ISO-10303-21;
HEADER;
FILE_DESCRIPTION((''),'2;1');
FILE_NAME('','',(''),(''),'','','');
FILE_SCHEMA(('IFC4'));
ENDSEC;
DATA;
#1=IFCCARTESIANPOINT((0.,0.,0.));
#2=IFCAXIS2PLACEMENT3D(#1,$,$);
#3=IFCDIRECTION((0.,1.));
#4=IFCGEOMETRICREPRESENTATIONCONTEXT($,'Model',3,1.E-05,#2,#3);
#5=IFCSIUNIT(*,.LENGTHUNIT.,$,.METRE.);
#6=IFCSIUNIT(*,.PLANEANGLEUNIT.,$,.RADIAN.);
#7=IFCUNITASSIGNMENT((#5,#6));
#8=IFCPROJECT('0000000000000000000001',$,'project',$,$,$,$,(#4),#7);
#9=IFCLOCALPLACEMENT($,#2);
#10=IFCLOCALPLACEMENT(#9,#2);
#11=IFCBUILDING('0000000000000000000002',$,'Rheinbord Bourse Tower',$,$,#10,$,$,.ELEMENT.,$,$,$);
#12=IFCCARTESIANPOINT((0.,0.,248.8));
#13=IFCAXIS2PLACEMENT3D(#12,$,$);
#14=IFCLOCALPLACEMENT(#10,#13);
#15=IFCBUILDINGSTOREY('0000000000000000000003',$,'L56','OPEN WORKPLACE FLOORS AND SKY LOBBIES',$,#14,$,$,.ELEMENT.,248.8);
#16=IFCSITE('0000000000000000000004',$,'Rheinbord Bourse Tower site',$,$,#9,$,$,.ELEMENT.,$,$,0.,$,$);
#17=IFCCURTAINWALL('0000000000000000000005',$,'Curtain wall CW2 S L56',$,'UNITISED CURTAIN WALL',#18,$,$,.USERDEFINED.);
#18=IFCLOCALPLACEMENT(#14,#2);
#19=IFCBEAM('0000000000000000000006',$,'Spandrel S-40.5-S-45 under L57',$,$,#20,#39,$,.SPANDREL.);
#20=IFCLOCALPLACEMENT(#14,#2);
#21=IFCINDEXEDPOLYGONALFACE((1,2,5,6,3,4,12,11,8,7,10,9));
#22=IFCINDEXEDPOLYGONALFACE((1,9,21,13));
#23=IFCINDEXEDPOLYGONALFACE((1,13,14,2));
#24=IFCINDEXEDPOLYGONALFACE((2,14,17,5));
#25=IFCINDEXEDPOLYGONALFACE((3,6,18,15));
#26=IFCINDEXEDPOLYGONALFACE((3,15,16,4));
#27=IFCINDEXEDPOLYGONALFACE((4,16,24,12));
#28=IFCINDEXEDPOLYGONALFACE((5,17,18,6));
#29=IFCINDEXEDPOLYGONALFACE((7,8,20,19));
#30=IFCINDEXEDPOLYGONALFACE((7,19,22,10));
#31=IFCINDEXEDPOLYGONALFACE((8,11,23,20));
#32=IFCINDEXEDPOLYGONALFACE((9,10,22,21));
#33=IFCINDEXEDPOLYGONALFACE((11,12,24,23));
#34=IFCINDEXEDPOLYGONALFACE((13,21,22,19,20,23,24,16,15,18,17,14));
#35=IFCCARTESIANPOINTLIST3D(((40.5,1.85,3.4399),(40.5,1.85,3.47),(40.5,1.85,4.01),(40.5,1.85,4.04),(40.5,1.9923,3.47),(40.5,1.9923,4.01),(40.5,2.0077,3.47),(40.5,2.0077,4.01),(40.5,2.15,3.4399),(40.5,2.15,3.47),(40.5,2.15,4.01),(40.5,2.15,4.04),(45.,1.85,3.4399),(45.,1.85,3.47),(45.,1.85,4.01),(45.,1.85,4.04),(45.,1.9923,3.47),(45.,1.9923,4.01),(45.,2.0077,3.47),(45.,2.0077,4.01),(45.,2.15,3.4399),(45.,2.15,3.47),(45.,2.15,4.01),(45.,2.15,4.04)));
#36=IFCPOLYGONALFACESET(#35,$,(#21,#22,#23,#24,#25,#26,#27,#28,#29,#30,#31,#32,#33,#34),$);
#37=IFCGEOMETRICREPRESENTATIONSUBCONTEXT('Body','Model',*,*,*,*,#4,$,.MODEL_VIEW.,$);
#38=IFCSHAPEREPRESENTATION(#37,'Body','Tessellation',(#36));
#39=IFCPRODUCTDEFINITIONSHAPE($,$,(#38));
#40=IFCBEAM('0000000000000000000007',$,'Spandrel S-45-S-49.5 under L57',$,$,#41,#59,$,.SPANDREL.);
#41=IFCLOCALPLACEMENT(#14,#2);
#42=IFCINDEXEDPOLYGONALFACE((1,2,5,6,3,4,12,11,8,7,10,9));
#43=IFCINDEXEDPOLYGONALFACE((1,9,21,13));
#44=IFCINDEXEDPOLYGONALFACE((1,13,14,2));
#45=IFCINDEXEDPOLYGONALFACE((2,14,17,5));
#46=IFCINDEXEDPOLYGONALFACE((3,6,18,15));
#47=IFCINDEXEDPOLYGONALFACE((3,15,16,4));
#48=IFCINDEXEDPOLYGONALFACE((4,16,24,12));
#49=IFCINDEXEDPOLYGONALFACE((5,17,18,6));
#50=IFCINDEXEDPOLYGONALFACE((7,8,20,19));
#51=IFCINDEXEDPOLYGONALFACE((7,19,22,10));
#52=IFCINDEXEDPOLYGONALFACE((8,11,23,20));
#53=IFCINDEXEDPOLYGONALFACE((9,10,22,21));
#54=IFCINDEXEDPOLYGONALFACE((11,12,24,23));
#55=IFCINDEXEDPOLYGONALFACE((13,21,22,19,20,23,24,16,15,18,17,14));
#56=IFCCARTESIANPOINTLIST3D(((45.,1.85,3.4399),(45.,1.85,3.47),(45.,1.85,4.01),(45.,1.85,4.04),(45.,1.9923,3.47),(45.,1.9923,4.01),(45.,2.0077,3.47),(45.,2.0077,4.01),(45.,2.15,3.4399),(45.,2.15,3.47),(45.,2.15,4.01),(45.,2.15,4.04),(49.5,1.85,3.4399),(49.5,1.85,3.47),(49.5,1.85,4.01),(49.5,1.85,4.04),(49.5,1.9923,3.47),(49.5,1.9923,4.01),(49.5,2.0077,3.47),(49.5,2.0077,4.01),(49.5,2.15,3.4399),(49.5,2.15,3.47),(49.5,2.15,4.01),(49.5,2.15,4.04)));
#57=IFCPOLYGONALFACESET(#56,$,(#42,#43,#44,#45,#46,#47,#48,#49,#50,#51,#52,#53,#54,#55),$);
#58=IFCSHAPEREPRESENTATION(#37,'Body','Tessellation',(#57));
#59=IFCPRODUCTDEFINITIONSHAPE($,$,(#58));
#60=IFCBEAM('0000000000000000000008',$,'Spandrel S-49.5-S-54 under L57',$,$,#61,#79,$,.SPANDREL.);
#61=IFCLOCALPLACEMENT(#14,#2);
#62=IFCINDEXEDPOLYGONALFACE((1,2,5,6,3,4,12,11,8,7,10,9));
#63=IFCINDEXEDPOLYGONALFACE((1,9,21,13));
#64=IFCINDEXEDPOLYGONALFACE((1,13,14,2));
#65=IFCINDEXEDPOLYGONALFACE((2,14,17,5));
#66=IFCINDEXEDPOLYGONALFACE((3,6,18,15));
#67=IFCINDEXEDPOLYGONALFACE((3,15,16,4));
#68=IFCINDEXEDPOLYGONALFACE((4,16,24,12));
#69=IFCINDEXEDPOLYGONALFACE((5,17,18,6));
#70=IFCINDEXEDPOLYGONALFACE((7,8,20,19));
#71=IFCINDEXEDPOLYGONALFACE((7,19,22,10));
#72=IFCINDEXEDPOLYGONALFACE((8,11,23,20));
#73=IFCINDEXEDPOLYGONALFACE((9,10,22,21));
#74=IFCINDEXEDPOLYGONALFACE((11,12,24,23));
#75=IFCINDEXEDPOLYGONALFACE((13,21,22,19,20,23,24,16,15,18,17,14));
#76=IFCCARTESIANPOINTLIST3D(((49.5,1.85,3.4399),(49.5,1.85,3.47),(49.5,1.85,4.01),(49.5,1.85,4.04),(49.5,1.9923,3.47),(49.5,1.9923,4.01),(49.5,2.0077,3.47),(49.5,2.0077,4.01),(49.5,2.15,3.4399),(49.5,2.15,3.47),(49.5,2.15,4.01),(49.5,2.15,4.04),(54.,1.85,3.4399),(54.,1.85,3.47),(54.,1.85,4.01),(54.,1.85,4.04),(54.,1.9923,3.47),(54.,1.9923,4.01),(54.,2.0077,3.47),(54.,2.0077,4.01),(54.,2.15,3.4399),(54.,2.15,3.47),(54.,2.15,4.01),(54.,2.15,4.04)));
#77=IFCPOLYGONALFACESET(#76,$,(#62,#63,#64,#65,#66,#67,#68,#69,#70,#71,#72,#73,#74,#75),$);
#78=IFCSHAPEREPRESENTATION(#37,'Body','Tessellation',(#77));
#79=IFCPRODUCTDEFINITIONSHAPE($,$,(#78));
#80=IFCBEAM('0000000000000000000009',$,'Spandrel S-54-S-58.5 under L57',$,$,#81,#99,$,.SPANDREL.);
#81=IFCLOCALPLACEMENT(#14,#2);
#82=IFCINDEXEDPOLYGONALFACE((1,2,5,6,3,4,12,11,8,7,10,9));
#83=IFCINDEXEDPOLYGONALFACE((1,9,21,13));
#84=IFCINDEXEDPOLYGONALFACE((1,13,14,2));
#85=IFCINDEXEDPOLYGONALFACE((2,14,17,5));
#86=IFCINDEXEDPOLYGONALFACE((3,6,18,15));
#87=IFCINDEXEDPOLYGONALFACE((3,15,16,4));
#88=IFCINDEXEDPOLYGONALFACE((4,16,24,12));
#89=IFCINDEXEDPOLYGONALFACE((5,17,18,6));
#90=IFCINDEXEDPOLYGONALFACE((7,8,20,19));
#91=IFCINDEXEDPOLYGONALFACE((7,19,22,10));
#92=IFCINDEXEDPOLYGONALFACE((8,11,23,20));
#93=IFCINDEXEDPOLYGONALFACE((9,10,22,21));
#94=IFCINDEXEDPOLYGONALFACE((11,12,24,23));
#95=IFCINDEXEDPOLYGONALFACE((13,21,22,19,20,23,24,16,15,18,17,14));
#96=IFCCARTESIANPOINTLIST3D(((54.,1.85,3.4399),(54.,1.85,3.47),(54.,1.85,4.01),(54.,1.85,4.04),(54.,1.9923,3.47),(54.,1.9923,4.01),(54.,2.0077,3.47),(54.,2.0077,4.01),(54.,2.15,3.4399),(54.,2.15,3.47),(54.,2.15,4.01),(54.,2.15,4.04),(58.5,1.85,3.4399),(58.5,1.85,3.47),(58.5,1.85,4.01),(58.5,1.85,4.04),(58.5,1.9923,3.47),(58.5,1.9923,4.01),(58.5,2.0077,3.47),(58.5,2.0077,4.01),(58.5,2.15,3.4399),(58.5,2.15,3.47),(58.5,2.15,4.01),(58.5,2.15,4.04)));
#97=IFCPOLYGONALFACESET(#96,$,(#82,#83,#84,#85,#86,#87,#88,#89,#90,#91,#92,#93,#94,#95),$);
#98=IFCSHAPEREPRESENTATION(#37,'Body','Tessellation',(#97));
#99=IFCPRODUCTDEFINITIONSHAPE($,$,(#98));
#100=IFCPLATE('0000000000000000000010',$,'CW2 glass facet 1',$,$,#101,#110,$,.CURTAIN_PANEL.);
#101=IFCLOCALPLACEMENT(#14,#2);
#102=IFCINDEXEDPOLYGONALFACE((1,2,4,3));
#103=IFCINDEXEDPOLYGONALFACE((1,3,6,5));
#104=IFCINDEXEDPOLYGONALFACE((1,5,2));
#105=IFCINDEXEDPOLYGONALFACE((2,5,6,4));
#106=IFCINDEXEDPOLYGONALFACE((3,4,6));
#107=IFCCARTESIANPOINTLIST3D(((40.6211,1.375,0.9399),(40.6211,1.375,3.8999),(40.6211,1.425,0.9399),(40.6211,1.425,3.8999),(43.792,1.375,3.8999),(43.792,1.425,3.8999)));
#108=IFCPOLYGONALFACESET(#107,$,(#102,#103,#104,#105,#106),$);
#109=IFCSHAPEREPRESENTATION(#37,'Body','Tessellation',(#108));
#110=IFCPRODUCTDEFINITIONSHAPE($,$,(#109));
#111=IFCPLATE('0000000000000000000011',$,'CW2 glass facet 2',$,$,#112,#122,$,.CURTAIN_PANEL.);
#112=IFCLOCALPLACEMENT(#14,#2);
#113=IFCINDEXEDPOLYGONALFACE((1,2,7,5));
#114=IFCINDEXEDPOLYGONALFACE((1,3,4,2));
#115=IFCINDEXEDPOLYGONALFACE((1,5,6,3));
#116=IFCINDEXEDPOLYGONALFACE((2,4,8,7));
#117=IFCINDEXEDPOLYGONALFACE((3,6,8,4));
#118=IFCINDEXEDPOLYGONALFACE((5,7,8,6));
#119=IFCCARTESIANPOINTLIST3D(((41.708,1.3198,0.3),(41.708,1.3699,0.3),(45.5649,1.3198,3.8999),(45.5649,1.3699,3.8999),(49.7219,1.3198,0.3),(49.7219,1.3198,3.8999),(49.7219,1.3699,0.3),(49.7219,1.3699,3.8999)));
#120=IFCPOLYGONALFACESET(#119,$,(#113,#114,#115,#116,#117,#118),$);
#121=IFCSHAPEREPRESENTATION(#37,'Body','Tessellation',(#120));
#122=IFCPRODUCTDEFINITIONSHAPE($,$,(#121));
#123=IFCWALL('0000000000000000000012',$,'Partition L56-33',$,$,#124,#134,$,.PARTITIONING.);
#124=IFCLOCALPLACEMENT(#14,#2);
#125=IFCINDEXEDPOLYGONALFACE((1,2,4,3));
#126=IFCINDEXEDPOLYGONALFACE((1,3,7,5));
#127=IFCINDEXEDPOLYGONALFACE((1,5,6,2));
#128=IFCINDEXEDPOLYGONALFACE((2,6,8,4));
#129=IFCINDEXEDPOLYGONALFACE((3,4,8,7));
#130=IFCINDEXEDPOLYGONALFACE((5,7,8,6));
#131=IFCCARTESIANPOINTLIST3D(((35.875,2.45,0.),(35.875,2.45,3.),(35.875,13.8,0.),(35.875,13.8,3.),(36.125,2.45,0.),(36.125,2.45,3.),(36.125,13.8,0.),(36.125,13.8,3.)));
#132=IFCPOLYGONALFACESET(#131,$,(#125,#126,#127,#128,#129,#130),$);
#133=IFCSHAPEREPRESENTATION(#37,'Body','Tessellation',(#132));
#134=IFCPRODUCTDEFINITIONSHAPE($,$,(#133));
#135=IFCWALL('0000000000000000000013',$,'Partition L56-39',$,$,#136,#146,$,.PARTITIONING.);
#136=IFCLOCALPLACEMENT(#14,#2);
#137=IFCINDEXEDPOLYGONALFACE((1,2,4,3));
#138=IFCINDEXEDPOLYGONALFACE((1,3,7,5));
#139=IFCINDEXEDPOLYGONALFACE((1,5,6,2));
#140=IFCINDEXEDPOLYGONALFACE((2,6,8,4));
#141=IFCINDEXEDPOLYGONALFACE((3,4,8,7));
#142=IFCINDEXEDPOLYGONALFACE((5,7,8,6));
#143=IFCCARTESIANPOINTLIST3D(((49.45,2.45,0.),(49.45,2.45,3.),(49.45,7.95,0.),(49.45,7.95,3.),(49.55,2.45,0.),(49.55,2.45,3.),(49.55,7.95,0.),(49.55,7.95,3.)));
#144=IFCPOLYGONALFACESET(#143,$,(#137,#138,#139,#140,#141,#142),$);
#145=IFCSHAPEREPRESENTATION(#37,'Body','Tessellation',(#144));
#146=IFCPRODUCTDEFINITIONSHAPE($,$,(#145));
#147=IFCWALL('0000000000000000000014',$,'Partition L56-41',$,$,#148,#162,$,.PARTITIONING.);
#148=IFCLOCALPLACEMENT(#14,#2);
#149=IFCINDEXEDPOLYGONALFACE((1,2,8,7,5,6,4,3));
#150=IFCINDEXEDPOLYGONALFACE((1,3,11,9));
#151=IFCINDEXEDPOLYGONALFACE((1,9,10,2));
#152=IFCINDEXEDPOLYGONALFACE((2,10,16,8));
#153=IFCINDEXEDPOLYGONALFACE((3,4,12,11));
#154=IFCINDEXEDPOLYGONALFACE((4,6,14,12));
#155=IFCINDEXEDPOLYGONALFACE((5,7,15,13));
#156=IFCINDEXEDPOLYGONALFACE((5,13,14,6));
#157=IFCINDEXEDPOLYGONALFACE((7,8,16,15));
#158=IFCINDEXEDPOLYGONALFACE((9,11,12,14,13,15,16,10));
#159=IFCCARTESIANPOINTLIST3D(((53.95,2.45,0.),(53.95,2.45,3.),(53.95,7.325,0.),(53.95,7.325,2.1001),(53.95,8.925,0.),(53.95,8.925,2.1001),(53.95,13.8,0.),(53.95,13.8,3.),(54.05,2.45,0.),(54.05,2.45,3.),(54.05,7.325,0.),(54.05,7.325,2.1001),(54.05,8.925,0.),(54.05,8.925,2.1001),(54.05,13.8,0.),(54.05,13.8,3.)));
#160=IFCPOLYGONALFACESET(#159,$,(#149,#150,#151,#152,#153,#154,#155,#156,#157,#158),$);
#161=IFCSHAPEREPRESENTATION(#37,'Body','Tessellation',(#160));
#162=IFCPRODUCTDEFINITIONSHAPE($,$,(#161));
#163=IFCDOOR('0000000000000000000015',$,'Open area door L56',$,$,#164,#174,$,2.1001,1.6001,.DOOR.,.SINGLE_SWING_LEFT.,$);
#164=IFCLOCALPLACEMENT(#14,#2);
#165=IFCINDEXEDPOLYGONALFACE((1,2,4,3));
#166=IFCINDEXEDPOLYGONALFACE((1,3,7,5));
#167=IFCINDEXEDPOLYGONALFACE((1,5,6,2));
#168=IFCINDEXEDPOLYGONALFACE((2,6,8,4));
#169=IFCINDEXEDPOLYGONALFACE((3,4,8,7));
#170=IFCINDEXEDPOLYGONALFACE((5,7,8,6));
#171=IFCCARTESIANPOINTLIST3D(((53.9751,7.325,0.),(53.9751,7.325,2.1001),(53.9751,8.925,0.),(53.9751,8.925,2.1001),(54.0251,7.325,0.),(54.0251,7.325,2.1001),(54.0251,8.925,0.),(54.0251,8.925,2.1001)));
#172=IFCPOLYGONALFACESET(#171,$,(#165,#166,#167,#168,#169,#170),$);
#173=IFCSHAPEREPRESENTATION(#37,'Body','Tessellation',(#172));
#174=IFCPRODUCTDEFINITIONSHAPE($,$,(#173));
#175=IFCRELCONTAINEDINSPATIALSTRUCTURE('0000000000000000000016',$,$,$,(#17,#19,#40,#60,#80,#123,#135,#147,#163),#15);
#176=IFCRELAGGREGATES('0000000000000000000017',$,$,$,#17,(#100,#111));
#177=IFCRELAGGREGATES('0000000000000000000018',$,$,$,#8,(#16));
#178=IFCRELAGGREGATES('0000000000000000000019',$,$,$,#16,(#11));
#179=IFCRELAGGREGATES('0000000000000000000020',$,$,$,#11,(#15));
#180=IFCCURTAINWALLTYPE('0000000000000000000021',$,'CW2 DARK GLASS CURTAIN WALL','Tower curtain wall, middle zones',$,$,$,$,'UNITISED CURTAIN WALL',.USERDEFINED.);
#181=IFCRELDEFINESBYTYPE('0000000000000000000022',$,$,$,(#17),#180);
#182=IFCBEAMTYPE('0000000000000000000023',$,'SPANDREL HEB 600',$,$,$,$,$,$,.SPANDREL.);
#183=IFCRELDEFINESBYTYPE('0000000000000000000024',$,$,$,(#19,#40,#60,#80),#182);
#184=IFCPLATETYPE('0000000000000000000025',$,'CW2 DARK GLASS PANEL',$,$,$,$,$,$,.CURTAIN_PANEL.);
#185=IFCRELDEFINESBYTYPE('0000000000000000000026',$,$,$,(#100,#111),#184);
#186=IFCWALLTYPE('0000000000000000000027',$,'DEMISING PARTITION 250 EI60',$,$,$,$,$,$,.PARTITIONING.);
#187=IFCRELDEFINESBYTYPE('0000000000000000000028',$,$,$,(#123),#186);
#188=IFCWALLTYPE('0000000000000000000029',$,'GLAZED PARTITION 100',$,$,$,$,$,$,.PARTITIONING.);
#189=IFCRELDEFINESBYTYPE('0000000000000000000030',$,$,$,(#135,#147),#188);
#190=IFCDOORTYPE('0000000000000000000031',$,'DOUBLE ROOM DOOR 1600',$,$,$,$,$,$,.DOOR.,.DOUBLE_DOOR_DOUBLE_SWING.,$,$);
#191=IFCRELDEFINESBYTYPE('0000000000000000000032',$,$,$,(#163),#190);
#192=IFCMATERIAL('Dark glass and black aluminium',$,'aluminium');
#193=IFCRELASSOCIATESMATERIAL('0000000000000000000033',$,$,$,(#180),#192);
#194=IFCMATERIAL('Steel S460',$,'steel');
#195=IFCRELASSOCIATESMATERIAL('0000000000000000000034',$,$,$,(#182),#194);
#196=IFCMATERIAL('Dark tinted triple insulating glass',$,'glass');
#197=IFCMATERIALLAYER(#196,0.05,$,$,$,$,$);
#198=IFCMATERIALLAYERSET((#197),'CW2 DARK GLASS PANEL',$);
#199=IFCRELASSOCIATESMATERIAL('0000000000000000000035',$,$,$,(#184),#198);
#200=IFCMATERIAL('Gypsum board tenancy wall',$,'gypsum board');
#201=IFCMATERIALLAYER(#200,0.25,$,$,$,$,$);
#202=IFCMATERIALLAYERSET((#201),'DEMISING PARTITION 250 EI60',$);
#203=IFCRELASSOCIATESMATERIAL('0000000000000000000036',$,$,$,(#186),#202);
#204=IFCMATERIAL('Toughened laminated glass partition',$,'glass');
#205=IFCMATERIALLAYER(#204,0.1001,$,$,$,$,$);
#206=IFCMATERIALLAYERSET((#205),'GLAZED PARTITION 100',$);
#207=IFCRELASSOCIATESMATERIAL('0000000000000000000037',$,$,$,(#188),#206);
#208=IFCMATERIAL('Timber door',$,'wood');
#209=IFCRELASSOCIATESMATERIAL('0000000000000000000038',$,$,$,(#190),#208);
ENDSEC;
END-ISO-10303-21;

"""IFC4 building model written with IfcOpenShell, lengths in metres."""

from ifc_helpers import new_model, si_unit, direction, frame, frame_2d, origin, origin_2d, place, context, subcontext, project, spatial, polyline, rectangle, i_section, outline, extrude, material, layer, layer_set, material_profile, profile_set, type_object, element, fill, aggregate, save


model = new_model("IFC4")

# Units and contexts
model_context = context("Model", 3, precision=1e-05, world=origin(), true_north=direction((0.0, 1.0)))
body_context = subcontext(model_context, "Body", "Model", "MODEL_VIEW")
ifc_project = project(units=[si_unit("LENGTHUNIT", "METRE"), si_unit("PLANEANGLEUNIT", "RADIAN")], contexts=[model_context])

# Site, building, storey
site_placement = place(None, origin())
site = spatial("IfcSite", under=ifc_project, at=site_placement, Name="Rheinbord Bourse Tower site", CompositionType="ELEMENT", RefElevation=0.0)
building_placement = place(site_placement, origin())
building = spatial("IfcBuilding", under=site, at=building_placement, Name="Rheinbord Bourse Tower", CompositionType="ELEMENT")
storey_placement = place(building_placement, frame((0.0, 0.0, 248.8)))
storey = spatial("IfcBuildingStorey", under=building, at=storey_placement, Name="L56", Description="OPEN WORKPLACE FLOORS AND SKY LOBBIES", CompositionType="ELEMENT", Elevation=248.8)

# Curtain wall
ifc_material_1 = material(Name="Dark glass and black aluminium", Category="aluminium")
curtain_wall_type = type_object("IfcCurtainWallType", Name="CW2 DARK GLASS CURTAIN WALL", Description="Tower curtain wall, middle zones", ElementType="UNITISED CURTAIN WALL", PredefinedType="USERDEFINED", material=ifc_material_1)
curtain_wall_placement = place(storey_placement, origin())
curtain_wall = element("IfcCurtainWall", 1, at=curtain_wall_placement, inside=storey, type_object=curtain_wall_type, Name="Curtain wall CW2 S L56", ObjectType="UNITISED CURTAIN WALL", PredefinedType="USERDEFINED")

# Beams
ifc_material_2 = material(Name="Steel S460", Category="steel")
ifc_material_profile_1 = material_profile(ifc_material_2, i_section(OverallWidth=0.3, OverallDepth=0.6001, WebThickness=0.0154, FlangeThickness=0.03, at=origin_2d()), Name="HEB 600")
ifc_profile_set_1 = profile_set([ifc_material_profile_1], Name="Steel S460")
beam_type_1 = type_object("IfcBeamType", Name="SPANDREL HEB 600", PredefinedType="SPANDREL", material=ifc_profile_set_1)
for number, where, z_axis, x_axis, name in (
    (2, (40.5, 2.0, 3.74), (1.0, 0.0, 0.0), (0.0, 1.0, 0.0), "Spandrel S-40.5-S-45 under L57"),
    (3, (45.0, 2.0, 3.74), (1.0, 0.0, 0.0), (0.0, 1.0, 0.0), "Spandrel S-45-S-49.5 under L57"),
    (4, (49.5, 2.0, 3.74), (1.0, 0.0, 0.0), (0.0, 1.0, 0.0), "Spandrel S-49.5-S-54 under L57"),
    (5, (54.0, 2.0, 3.74), (1.0, 0.0, 0.0), (0.0, 1.0, 0.0), "Spandrel S-54-S-58.5 under L57"),
):
    element("IfcBeam", number, at=place(storey_placement, frame(where, z_axis=z_axis, x_axis=x_axis)), inside=storey, type_object=beam_type_1, Name=name, PredefinedType="SPANDREL", context=body_context, shape_type="SweptSolid", body=[
        extrude(i_section(OverallWidth=0.3, OverallDepth=0.6001, WebThickness=0.0154, FlangeThickness=0.03, at=origin_2d()), origin(), (0.0, 0.0, 1.0), 4.5),
    ])

# Plates
ifc_material_3 = material(Name="Dark tinted triple insulating glass", Category="glass")
ifc_layer_1 = layer(ifc_material_3, 0.05)
ifc_layer_set_1 = layer_set([ifc_layer_1], Name="CW2 DARK GLASS PANEL")
plate_type = type_object("IfcPlateType", Name="CW2 DARK GLASS PANEL", PredefinedType="CURTAIN_PANEL", material=ifc_layer_set_1)
plate_1_placement = place(storey_placement, frame((40.6211, 1.375, 3.8999), z_axis=(0.0, 1.0, 0.0), x_axis=(1.0, 0.0, 0.0)))
plate_1 = element("IfcPlate", 6, at=plate_1_placement, type_object=plate_type, Name="CW2 glass facet 1", PredefinedType="CURTAIN_PANEL", context=body_context, shape_type="SweptSolid", body=[
    extrude(outline(polyline([(0.0, 0.0), (3.1709, 0.0), (0.0, 2.96), (0.0, 0.0)])), origin(), (0.0, 0.0, 1.0), 0.05),
])
plate_2_placement = place(storey_placement, frame((49.7219, 1.3198, 3.8999), z_axis=(0.0, 1.0, 0.0), x_axis=(0.0, 0.0, -1.0)))
plate_2 = element("IfcPlate", 7, at=plate_2_placement, type_object=plate_type, Name="CW2 glass facet 2", PredefinedType="CURTAIN_PANEL", context=body_context, shape_type="SweptSolid", body=[
    extrude(outline(polyline([(0.0, 0.0), (3.5999, 0.0), (3.5999, 8.0139), (0.0, 4.157), (0.0, 0.0)])), origin(), (0.0, 0.0, 1.0), 0.05),
])
aggregate(curtain_wall, [plate_1, plate_2])

# Walls
ifc_material_4 = material(Name="Gypsum board tenancy wall", Category="gypsum board")
ifc_layer_2 = layer(ifc_material_4, 0.25)
ifc_layer_set_2 = layer_set([ifc_layer_2], Name="DEMISING PARTITION 250 EI60")
wall_type_1 = type_object("IfcWallType", Name="DEMISING PARTITION 250 EI60", PredefinedType="PARTITIONING", material=ifc_layer_set_2)
wall_1_placement = place(storey_placement, frame((36.0, 2.45, 0.0), z_axis=(0.0, 0.0, 1.0), x_axis=(0.0, 1.0, 0.0)))
element("IfcWall", 8, at=wall_1_placement, inside=storey, type_object=wall_type_1, Name="Partition L56-33", PredefinedType="PARTITIONING", context=body_context, shape_type="SweptSolid", body=[
    extrude(rectangle(XDim=11.3501, YDim=0.25, at=frame_2d((5.675, 0.0))), origin(), (0.0, 0.0, 1.0), 3.0),
])
ifc_material_5 = material(Name="Toughened laminated glass partition", Category="glass")
ifc_layer_3 = layer(ifc_material_5, 0.1001)
ifc_layer_set_3 = layer_set([ifc_layer_3], Name="GLAZED PARTITION 100")
wall_type_2 = type_object("IfcWallType", Name="GLAZED PARTITION 100", PredefinedType="PARTITIONING", material=ifc_layer_set_3)
wall_2_placement = place(storey_placement, frame((49.5, 2.45, 0.0), z_axis=(0.0, 0.0, 1.0), x_axis=(0.0, 1.0, 0.0)))
element("IfcWall", 9, at=wall_2_placement, inside=storey, type_object=wall_type_2, Name="Partition L56-39", PredefinedType="PARTITIONING", context=body_context, shape_type="SweptSolid", body=[
    extrude(rectangle(XDim=5.5, YDim=0.1001, at=frame_2d((2.75, 0.0))), origin(), (0.0, 0.0, 1.0), 3.0),
])

# Wall, opening, door
wall_3_placement = place(storey_placement, frame((54.0, 2.45, 0.0), z_axis=(0.0, 0.0, 1.0), x_axis=(0.0, 1.0, 0.0)))
wall_3 = element("IfcWall", 10, at=wall_3_placement, inside=storey, type_object=wall_type_2, Name="Partition L56-41", PredefinedType="PARTITIONING", context=body_context, shape_type="SweptSolid", body=[
    extrude(rectangle(XDim=11.3501, YDim=0.1001, at=frame_2d((5.675, 0.0))), origin(), (0.0, 0.0, 1.0), 3.0),
])
opening_1_placement = place(wall_3_placement, frame((4.875, 0.0, 0.0)))
opening_1 = element("IfcOpeningElement", 11, at=opening_1_placement, cuts=wall_3, PredefinedType="OPENING", context=body_context, shape_type="SweptSolid", body=[
    extrude(rectangle(XDim=1.6001, YDim=2.1001, at=frame_2d((0.8, 1.05))), frame((0.0, 0.0601, 0.0), z_axis=(0.0, -1.0, 0.0), x_axis=(1.0, 0.0, 0.0)), (0.0, 0.0, 1.0), 0.1201),
])
ifc_material_6 = material(Name="Timber door", Category="wood")
door_type_1 = type_object("IfcDoorType", Name="DOUBLE ROOM DOOR 1600", OperationType="DOUBLE_DOOR_DOUBLE_SWING", PredefinedType="DOOR", material=ifc_material_6)
door_1_placement = place(opening_1_placement, origin())
door_1 = element("IfcDoor", 12, at=door_1_placement, inside=storey, type_object=door_type_1, Name="Open area door L56", OperationType="SINGLE_SWING_LEFT", OverallHeight=2.1001, OverallWidth=1.6001, PredefinedType="DOOR", context=body_context, shape_type="SweptSolid", body=[
    extrude(rectangle(XDim=1.6001, YDim=2.1001, at=frame_2d((0.8, 1.05))), frame((0.0, 0.0249, 0.0), z_axis=(0.0, -1.0, 0.0), x_axis=(1.0, 0.0, 0.0)), (0.0, 0.0, 1.0), 0.05),
])
fill(opening_1, door_1)

save(model, "model.ifc")
